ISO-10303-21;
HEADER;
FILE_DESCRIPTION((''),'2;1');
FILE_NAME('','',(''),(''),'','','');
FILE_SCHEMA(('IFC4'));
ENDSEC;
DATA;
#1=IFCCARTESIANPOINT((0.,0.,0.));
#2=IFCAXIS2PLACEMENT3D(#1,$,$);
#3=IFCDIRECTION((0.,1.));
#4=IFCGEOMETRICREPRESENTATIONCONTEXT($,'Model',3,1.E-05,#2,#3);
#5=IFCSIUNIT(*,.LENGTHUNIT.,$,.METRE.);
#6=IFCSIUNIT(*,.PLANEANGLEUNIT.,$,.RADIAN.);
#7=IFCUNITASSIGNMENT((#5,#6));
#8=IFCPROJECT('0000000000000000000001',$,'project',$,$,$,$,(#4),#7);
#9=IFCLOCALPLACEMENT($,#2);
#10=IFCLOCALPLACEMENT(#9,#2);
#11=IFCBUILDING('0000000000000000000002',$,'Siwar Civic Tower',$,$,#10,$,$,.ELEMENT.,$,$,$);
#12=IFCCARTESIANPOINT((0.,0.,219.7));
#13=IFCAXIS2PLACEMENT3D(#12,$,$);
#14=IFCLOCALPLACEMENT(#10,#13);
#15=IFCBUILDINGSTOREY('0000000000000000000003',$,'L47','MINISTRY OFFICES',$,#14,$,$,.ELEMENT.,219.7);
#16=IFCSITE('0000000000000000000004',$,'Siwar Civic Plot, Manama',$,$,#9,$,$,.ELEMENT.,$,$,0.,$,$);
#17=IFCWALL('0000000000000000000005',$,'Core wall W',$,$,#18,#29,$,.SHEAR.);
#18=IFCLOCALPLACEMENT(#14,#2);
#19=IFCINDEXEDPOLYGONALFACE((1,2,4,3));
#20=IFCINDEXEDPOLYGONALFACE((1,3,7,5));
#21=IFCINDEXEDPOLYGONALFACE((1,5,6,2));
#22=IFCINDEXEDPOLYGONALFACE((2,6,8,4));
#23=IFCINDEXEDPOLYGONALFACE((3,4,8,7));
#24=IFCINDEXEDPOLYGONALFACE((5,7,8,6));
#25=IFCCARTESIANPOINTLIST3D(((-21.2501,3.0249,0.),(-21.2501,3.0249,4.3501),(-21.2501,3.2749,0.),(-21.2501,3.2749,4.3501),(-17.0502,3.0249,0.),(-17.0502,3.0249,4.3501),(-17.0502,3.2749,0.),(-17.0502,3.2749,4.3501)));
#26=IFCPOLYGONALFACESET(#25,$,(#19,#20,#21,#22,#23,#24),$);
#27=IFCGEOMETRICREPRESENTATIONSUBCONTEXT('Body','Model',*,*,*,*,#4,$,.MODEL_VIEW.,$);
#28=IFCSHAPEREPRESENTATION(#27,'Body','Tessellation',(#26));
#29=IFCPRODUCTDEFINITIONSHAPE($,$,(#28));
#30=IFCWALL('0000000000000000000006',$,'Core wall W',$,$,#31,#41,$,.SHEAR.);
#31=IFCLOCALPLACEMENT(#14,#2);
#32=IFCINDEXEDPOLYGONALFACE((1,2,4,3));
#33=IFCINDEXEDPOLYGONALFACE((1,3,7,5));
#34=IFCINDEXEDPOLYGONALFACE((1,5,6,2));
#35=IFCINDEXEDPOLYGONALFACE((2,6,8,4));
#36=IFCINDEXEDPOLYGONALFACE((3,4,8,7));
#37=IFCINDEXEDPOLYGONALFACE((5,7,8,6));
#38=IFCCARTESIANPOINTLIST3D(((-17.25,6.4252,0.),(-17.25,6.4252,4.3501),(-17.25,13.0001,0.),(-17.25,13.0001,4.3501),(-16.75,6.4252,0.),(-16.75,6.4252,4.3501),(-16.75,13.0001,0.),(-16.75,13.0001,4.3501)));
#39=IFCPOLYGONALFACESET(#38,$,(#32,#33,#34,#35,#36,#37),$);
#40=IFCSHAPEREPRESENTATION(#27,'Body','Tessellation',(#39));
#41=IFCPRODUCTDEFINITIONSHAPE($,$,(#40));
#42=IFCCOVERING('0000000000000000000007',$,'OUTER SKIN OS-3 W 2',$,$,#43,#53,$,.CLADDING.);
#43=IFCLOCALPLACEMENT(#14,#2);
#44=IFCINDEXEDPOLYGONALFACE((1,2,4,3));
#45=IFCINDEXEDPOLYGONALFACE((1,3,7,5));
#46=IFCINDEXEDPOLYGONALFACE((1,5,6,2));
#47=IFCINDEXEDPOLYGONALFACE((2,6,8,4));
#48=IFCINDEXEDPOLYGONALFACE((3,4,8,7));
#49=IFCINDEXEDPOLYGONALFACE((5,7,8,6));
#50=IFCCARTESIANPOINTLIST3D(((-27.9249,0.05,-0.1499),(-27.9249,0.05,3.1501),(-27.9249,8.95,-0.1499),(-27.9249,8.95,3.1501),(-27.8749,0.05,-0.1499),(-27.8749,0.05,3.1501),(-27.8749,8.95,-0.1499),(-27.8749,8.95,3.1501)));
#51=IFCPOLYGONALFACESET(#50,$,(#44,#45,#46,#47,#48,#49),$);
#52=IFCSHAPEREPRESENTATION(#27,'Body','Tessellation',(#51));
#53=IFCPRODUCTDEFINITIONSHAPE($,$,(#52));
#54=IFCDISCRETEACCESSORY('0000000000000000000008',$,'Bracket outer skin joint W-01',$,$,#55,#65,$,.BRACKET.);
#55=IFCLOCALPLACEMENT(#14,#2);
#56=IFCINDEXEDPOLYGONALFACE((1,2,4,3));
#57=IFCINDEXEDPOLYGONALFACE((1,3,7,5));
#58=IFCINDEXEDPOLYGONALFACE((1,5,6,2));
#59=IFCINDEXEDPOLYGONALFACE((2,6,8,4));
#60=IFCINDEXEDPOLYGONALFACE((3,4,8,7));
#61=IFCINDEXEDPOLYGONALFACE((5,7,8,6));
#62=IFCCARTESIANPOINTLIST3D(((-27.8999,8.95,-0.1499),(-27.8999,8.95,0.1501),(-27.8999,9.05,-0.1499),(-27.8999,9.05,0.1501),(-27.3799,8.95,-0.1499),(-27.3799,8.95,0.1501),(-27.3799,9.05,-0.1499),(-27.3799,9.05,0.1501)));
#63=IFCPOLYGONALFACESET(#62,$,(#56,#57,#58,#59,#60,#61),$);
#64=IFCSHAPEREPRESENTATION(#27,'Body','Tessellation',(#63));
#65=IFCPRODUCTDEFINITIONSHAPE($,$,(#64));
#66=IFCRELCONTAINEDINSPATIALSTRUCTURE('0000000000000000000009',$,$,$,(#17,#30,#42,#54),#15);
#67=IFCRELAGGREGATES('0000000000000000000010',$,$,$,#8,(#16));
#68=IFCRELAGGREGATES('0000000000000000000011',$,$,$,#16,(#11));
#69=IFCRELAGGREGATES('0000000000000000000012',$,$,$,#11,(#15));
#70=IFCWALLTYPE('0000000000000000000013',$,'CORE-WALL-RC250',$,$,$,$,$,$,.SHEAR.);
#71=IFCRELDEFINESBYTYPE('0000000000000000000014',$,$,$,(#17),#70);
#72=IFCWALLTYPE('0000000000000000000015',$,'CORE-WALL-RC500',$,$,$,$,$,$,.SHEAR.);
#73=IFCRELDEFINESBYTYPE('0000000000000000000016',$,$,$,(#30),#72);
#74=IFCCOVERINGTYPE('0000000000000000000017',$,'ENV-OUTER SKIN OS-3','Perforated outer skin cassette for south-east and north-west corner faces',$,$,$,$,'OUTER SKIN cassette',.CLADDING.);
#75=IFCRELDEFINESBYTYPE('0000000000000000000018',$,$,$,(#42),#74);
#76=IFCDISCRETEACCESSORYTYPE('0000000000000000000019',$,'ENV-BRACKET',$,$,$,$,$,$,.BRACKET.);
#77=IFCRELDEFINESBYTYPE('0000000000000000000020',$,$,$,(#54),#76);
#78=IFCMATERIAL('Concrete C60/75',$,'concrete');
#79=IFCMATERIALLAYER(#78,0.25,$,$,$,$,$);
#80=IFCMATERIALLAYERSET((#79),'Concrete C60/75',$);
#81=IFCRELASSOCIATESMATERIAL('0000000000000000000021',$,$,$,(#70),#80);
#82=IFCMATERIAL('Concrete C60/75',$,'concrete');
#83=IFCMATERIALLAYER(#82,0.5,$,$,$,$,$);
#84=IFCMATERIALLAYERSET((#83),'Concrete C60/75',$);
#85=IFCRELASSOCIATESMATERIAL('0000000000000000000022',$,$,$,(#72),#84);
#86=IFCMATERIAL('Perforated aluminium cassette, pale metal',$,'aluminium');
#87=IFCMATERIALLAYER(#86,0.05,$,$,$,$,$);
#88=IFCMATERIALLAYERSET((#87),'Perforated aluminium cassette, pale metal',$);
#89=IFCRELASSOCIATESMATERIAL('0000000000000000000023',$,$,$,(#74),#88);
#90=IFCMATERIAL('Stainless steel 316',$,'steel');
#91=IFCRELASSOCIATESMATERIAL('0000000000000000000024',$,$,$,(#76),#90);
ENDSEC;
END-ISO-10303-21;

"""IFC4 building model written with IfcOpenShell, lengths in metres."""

from ifc_helpers import new_model, si_unit, direction, frame, frame_2d, origin, origin_2d, place, context, subcontext, project, spatial, rectangle, extrude, material, layer, layer_set, type_object, element, save


model = new_model("IFC4")

# Units and contexts
model_context = context("Model", 3, precision=1e-05, world=origin(), true_north=direction((0.0, 1.0)))
body_context = subcontext(model_context, "Body", "Model", "MODEL_VIEW")
ifc_project = project(units=[si_unit("LENGTHUNIT", "METRE"), si_unit("PLANEANGLEUNIT", "RADIAN")], contexts=[model_context])

# Site, building, storey
site_placement = place(None, origin())
site = spatial("IfcSite", under=ifc_project, at=site_placement, Name="Siwar Civic Plot, Manama", CompositionType="ELEMENT", RefElevation=0.0)
building_placement = place(site_placement, origin())
building = spatial("IfcBuilding", under=site, at=building_placement, Name="Siwar Civic Tower", CompositionType="ELEMENT")
storey_placement = place(building_placement, frame((0.0, 0.0, 219.7)))
storey = spatial("IfcBuildingStorey", under=building, at=storey_placement, Name="L47", Description="MINISTRY OFFICES", CompositionType="ELEMENT", Elevation=219.7)

# Walls
ifc_material_1 = material(Name="Concrete C60/75", Category="concrete")
ifc_layer_1 = layer(ifc_material_1, 0.25)
ifc_layer_set_1 = layer_set([ifc_layer_1], Name="Concrete C60/75")
wall_type_1 = type_object("IfcWallType", Name="CORE-WALL-RC250", PredefinedType="SHEAR", material=ifc_layer_set_1)
for number, where, z_axis, x_axis, name in (
    (1, (-17.05, 3.1499, 0.0), (0.0, 0.0, 1.0), (-1.0, 0.0, 0.0), "Core wall W"),
):
    element("IfcWall", number, at=place(storey_placement, frame(where, z_axis=z_axis, x_axis=x_axis)), inside=storey, type_object=wall_type_1, Name=name, PredefinedType="SHEAR", context=body_context, shape_type="SweptSolid", body=[
        extrude(rectangle(XDim=4.2, YDim=0.25, at=frame_2d((2.1001, 0.0))), origin(), (0.0, 0.0, 1.0), 4.3501),
    ])
ifc_material_2 = material(Name="Concrete C60/75", Category="concrete")
ifc_layer_2 = layer(ifc_material_2, 0.5)
ifc_layer_set_2 = layer_set([ifc_layer_2], Name="Concrete C60/75")
wall_type_2 = type_object("IfcWallType", Name="CORE-WALL-RC500", PredefinedType="SHEAR", material=ifc_layer_set_2)
wall_1_placement = place(storey_placement, frame((-17.0, 6.425, 0.0), z_axis=(0.0, 0.0, 1.0), x_axis=(0.0, 1.0, 0.0)))
element("IfcWall", 2, at=wall_1_placement, inside=storey, type_object=wall_type_2, Name="Core wall W", PredefinedType="SHEAR", context=body_context, shape_type="SweptSolid", body=[
    extrude(rectangle(XDim=6.575, YDim=0.5, at=frame_2d((3.2876, 0.0))), origin(), (0.0, 0.0, 1.0), 4.3501),
])

# Covering
ifc_material_3 = material(Name="Perforated aluminium cassette, pale metal", Category="aluminium")
ifc_layer_3 = layer(ifc_material_3, 0.05)
ifc_layer_set_3 = layer_set([ifc_layer_3], Name="Perforated aluminium cassette, pale metal")
covering_type = type_object("IfcCoveringType", Name="ENV-OUTER SKIN OS-3", Description="Perforated outer skin cassette for south-east and north-west corner faces", ElementType="OUTER SKIN cassette", PredefinedType="CLADDING", material=ifc_layer_set_3)
covering_placement = place(storey_placement, frame((-27.8999, 4.5, -0.1499), z_axis=(0.0, 0.0, 1.0), x_axis=(0.0, -1.0, 0.0)))
element("IfcCovering", 3, at=covering_placement, inside=storey, type_object=covering_type, Name="OUTER SKIN OS-3 W 2", PredefinedType="CLADDING", context=body_context, shape_type="SweptSolid", body=[
    extrude(rectangle(XDim=8.8999, YDim=0.05, at=origin_2d()), origin(), (0.0, 0.0, 1.0), 3.3),
])

# Discrete accessory
ifc_material_4 = material(Name="Stainless steel 316", Category="steel")
discrete_accessory_type = type_object("IfcDiscreteAccessoryType", Name="ENV-BRACKET", PredefinedType="BRACKET", material=ifc_material_4)
discrete_accessory_placement = place(storey_placement, frame((-27.6399, 9.0, -0.1499), z_axis=(0.0, 0.0, 1.0), x_axis=(-1.0, 0.0, 0.0)))
element("IfcDiscreteAccessory", 4, at=discrete_accessory_placement, inside=storey, type_object=discrete_accessory_type, Name="Bracket outer skin joint W-01", PredefinedType="BRACKET", context=body_context, shape_type="SweptSolid", body=[
    extrude(rectangle(XDim=0.52, YDim=0.1001, at=origin_2d()), origin(), (0.0, 0.0, 1.0), 0.3),
])

save(model, "model.ifc")
